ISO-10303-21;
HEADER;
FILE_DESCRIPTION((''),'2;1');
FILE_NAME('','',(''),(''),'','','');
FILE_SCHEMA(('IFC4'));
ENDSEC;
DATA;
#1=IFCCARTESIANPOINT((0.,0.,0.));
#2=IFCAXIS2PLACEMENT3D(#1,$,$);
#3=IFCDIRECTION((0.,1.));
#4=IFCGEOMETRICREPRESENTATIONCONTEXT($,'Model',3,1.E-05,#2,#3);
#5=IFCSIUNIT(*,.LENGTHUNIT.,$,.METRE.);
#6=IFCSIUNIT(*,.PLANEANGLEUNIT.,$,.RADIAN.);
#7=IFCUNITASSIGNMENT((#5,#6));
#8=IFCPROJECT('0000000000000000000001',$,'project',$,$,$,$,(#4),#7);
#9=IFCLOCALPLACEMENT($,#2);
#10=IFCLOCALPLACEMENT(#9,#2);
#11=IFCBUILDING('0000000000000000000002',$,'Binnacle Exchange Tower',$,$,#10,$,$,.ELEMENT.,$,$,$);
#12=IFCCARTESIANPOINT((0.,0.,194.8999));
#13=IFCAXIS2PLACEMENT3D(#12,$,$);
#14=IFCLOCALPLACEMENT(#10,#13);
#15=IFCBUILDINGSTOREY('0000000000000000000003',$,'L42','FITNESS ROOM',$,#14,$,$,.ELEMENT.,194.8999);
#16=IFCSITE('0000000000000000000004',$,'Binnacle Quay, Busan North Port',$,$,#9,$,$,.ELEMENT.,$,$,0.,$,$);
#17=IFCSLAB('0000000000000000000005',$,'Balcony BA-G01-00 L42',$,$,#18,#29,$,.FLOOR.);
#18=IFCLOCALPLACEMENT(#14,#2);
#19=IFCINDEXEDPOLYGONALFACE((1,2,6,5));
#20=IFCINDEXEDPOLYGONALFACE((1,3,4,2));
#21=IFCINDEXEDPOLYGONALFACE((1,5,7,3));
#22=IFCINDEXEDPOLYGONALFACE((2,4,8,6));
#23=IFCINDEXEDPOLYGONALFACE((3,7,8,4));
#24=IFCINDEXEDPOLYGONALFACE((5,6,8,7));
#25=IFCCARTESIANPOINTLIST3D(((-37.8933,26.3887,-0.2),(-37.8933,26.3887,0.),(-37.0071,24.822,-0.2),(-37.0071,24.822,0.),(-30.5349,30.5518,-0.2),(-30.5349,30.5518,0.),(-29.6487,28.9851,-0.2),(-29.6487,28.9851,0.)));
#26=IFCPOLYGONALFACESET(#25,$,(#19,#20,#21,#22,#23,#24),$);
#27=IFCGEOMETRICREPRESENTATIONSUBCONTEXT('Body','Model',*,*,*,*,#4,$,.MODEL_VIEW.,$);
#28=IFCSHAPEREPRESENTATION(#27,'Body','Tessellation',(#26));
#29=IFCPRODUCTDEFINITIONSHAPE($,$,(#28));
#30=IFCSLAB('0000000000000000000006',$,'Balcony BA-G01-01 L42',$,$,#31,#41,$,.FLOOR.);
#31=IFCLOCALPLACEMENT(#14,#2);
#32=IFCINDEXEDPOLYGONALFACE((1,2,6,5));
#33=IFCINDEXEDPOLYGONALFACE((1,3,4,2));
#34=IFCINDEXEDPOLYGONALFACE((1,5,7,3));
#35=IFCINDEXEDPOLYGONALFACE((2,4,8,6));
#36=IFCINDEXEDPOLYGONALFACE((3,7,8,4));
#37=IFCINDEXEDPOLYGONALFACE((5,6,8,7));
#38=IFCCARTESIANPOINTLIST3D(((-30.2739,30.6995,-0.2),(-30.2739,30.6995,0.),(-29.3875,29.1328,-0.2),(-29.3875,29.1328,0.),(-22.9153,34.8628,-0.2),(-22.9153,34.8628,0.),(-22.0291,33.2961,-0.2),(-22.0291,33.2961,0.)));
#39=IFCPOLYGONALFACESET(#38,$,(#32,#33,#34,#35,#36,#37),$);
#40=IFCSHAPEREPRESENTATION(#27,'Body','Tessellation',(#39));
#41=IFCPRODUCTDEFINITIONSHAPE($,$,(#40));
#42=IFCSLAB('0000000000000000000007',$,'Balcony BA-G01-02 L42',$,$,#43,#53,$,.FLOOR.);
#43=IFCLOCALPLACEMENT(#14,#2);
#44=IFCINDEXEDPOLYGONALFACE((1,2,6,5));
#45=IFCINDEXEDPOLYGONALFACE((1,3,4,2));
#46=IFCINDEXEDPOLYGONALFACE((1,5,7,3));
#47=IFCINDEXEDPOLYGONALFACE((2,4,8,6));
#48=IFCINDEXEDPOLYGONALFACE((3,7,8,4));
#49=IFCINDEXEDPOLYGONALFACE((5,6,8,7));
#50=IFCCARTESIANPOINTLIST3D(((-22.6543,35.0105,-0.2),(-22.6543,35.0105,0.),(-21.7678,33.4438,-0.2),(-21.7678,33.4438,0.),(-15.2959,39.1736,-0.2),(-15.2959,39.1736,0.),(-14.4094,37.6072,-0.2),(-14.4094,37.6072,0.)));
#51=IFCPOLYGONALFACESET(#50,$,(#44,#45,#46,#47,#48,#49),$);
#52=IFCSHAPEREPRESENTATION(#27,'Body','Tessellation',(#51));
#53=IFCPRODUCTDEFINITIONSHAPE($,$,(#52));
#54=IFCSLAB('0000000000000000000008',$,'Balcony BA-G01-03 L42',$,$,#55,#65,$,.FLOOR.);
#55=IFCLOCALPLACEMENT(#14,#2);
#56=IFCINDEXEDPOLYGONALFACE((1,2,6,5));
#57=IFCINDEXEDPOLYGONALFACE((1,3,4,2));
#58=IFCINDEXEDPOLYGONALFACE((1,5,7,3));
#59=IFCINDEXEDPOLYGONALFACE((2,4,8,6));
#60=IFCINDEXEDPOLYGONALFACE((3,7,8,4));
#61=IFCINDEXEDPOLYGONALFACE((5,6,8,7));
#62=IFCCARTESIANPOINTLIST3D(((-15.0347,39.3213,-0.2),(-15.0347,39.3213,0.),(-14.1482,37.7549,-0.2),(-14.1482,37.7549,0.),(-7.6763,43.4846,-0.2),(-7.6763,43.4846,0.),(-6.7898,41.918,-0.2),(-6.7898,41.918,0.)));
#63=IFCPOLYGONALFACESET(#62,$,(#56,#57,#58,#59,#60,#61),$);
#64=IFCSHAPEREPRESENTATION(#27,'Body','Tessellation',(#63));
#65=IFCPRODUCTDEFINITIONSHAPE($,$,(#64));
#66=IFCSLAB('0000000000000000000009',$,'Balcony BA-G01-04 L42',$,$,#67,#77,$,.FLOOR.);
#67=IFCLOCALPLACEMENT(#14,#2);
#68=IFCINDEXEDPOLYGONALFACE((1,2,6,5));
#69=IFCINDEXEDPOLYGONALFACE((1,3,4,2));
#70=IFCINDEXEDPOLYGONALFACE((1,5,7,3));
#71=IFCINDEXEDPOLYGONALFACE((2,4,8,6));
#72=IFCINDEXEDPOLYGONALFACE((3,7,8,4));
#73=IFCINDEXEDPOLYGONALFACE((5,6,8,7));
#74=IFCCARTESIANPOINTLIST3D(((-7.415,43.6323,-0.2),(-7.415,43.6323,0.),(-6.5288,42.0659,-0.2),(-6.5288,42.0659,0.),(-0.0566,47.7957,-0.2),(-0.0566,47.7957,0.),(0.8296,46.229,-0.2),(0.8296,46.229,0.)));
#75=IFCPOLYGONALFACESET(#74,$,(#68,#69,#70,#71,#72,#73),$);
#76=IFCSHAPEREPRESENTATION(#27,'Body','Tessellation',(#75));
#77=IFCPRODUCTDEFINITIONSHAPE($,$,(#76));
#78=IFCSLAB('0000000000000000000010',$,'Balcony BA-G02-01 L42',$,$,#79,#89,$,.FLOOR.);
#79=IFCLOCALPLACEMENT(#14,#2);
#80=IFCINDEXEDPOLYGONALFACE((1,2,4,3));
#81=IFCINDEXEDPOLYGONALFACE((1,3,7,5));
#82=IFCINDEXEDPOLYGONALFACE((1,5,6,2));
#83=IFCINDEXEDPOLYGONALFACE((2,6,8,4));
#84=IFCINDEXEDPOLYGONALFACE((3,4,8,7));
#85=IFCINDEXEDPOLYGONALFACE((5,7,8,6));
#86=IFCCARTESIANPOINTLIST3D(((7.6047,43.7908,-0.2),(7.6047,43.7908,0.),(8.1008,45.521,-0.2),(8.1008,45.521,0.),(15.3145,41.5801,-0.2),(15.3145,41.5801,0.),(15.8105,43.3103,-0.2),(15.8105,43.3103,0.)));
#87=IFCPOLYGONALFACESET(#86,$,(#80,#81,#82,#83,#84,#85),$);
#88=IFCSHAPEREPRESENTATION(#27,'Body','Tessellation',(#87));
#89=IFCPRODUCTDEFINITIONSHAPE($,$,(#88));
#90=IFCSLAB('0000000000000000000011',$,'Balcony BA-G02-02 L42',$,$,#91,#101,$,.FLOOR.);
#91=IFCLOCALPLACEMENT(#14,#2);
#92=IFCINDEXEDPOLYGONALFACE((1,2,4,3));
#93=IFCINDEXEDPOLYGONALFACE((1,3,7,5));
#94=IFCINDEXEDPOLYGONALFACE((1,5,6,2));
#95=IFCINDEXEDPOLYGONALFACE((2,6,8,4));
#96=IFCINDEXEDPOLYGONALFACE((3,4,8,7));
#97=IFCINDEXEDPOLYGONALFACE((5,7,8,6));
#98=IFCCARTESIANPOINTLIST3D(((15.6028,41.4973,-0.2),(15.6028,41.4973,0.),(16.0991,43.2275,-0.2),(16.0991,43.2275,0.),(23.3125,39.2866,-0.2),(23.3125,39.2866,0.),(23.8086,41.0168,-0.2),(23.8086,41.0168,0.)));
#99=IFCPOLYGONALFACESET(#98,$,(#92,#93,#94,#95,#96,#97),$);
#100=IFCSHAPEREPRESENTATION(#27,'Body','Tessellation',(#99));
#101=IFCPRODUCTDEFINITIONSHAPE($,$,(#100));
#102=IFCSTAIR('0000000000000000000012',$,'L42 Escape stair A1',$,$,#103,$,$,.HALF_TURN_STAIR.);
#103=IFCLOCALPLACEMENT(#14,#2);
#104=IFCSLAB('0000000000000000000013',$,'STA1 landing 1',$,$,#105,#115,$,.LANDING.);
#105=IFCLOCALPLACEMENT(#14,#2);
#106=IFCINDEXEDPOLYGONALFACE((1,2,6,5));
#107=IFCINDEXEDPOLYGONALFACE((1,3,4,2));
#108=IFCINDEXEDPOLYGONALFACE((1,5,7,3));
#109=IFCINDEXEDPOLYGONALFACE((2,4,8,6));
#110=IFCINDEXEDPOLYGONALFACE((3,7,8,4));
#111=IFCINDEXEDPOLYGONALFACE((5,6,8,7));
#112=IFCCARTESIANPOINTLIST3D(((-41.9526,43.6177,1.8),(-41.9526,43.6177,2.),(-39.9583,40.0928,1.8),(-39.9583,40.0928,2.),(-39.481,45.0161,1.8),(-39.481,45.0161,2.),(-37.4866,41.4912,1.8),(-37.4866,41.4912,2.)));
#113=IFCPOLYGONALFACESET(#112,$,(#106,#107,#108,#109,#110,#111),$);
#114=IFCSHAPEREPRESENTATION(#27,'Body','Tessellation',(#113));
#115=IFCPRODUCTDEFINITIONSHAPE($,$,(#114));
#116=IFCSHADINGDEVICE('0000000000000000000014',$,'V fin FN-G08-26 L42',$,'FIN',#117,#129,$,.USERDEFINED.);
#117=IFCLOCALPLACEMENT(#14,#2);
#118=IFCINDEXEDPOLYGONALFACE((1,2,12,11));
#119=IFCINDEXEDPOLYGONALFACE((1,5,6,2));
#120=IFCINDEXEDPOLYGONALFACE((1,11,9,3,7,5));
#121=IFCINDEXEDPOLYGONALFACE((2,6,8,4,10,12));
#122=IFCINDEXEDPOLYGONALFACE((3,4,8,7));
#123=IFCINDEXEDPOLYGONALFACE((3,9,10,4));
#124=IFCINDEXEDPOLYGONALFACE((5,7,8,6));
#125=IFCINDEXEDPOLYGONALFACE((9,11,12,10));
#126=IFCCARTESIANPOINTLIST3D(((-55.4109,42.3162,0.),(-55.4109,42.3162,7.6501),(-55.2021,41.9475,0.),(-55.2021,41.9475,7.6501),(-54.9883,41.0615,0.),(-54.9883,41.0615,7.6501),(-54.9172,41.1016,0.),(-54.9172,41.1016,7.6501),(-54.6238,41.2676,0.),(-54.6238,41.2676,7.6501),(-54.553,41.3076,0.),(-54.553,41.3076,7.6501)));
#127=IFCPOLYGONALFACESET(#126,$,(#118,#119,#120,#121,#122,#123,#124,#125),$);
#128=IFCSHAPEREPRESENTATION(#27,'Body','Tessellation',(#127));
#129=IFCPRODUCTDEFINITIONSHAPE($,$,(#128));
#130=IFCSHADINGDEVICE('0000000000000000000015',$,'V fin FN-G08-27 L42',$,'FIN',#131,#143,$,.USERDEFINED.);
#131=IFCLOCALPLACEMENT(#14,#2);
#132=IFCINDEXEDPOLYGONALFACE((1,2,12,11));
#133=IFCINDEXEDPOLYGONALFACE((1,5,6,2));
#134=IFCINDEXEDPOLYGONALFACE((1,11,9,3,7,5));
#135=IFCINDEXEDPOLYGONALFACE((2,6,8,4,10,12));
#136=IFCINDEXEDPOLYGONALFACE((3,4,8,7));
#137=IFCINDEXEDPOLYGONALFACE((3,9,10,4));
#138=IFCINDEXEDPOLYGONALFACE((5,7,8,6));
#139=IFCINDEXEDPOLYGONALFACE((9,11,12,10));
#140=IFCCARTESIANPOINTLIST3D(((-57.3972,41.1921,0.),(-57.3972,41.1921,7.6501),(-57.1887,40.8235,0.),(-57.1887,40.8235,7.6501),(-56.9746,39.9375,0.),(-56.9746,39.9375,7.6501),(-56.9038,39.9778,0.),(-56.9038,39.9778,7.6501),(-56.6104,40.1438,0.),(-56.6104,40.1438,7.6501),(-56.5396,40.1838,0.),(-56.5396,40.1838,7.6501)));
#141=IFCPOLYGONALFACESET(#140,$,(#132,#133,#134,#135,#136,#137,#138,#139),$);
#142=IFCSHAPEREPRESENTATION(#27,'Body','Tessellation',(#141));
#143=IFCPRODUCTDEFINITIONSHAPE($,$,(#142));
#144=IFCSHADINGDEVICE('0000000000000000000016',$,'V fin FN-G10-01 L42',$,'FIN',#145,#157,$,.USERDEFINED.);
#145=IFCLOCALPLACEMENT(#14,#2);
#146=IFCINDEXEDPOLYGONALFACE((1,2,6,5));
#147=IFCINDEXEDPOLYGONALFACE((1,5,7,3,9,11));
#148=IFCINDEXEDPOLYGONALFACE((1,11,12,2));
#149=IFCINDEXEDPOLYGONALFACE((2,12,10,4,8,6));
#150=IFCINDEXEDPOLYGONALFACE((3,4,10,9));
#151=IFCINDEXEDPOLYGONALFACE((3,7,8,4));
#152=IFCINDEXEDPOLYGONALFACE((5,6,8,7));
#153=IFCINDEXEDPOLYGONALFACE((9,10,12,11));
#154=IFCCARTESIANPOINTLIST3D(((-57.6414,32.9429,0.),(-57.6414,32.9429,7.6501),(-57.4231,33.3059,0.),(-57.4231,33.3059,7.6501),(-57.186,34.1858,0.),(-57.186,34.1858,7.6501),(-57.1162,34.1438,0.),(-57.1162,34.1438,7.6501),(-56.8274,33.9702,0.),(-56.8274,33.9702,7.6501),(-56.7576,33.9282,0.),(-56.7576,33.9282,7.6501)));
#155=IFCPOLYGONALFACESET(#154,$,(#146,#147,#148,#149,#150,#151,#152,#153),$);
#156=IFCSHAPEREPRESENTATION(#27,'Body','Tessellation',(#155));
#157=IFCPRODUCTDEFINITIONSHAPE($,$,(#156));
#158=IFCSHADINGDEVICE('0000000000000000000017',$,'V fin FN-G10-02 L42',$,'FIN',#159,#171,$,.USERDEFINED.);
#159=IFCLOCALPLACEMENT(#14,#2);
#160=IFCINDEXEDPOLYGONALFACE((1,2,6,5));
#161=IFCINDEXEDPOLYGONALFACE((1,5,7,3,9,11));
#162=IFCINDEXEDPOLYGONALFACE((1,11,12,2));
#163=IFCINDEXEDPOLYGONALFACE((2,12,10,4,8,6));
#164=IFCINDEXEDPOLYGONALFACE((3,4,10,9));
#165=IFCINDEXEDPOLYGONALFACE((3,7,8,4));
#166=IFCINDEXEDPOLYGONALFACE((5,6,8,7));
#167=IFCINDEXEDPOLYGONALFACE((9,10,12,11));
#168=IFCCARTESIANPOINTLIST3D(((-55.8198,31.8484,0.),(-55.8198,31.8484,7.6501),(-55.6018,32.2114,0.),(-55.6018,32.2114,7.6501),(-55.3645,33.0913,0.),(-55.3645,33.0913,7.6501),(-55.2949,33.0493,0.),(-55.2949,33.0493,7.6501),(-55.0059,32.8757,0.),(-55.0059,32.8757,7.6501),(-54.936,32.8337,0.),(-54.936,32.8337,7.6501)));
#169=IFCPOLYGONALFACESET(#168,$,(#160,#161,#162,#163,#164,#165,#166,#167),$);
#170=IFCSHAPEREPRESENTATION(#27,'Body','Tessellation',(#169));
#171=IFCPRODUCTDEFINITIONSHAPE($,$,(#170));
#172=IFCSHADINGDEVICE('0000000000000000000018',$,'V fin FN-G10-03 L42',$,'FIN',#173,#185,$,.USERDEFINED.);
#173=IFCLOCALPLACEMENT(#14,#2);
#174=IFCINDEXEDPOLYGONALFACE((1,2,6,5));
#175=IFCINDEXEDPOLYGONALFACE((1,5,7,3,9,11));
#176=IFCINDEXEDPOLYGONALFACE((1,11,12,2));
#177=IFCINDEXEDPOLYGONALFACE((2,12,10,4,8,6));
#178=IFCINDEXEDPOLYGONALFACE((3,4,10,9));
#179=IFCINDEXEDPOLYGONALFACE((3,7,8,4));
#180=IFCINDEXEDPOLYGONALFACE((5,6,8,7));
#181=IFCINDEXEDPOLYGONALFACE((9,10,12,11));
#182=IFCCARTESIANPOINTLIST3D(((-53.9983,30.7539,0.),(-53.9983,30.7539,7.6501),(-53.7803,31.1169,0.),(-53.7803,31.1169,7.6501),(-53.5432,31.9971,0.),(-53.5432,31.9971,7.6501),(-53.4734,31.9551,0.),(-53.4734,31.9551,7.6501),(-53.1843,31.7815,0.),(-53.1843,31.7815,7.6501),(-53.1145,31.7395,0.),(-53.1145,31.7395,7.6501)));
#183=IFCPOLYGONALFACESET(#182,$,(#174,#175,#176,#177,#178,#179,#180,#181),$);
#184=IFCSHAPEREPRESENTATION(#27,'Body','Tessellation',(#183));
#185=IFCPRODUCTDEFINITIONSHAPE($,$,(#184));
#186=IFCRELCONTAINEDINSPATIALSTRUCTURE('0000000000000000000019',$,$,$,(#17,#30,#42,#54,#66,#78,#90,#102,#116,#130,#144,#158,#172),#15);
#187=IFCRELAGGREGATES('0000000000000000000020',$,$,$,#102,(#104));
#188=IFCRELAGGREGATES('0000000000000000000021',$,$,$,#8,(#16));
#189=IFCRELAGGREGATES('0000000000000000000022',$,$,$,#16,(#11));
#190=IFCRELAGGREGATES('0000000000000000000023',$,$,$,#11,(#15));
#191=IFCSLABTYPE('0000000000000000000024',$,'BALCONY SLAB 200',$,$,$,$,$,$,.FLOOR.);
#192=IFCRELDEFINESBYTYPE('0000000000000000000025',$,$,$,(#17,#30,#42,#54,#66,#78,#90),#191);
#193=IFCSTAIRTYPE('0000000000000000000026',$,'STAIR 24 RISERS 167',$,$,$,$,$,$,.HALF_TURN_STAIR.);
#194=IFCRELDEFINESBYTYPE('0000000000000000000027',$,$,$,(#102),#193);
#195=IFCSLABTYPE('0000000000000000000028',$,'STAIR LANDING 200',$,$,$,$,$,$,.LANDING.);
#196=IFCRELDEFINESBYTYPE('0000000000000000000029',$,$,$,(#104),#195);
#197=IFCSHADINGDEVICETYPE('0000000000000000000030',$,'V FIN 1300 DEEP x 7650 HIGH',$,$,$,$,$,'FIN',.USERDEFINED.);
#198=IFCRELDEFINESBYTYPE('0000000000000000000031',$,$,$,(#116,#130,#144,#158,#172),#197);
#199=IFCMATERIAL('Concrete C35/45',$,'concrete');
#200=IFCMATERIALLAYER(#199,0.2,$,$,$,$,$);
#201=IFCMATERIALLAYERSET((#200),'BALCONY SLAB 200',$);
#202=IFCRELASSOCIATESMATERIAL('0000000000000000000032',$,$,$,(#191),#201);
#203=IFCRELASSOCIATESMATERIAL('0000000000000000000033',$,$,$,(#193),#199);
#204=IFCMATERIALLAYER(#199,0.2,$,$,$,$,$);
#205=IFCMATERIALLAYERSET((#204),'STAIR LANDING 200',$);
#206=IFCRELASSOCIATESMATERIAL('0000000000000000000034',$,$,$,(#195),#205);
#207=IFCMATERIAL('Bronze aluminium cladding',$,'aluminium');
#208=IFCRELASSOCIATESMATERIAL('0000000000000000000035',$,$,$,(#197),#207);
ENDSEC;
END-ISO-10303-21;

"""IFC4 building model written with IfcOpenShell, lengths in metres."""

from ifc_helpers import new_model, si_unit, direction, frame, origin, place, context, subcontext, project, spatial, polyline, outline, extrude, material, layer, layer_set, type_object, element, aggregate, save


model = new_model("IFC4")

# Units and contexts
model_context = context("Model", 3, precision=1e-05, world=origin(), true_north=direction((0.0, 1.0)))
body_context = subcontext(model_context, "Body", "Model", "MODEL_VIEW")
ifc_project = project(units=[si_unit("LENGTHUNIT", "METRE"), si_unit("PLANEANGLEUNIT", "RADIAN")], contexts=[model_context])

# Site, building, storey
site_placement = place(None, origin())
site = spatial("IfcSite", under=ifc_project, at=site_placement, Name="Binnacle Quay, Busan North Port", CompositionType="ELEMENT", RefElevation=0.0)
building_placement = place(site_placement, origin())
building = spatial("IfcBuilding", under=site, at=building_placement, Name="Binnacle Exchange Tower", CompositionType="ELEMENT")
storey_placement = place(building_placement, frame((0.0, 0.0, 194.8999)))
storey = spatial("IfcBuildingStorey", under=building, at=storey_placement, Name="L42", Description="FITNESS ROOM", CompositionType="ELEMENT", Elevation=194.8999)

# Slabs
ifc_material_1 = material(Name="Concrete C35/45", Category="concrete")
ifc_layer_1 = layer(ifc_material_1, 0.2)
ifc_layer_set_1 = layer_set([ifc_layer_1], Name="BALCONY SLAB 200")
slab_type_1 = type_object("IfcSlabType", Name="BALCONY SLAB 200", PredefinedType="FLOOR", material=ifc_layer_set_1)
slab_1_placement = place(storey_placement, frame((0.0, 0.0, -0.2)))
element("IfcSlab", 1, at=slab_1_placement, inside=storey, type_object=slab_type_1, Name="Balcony BA-G01-00 L42", PredefinedType="FLOOR", context=body_context, shape_type="SweptSolid", body=[
    extrude(outline(polyline([(-37.8933, 26.3887), (-30.5349, 30.5518), (-29.6487, 28.9851), (-37.0071, 24.822), (-37.8933, 26.3887)])), origin(), (0.0, 0.0, 1.0), 0.2),
])
slab_2_placement = place(storey_placement, frame((0.0, 0.0, -0.2)))
element("IfcSlab", 2, at=slab_2_placement, inside=storey, type_object=slab_type_1, Name="Balcony BA-G01-01 L42", PredefinedType="FLOOR", context=body_context, shape_type="SweptSolid", body=[
    extrude(outline(polyline([(-30.2739, 30.6995), (-22.9153, 34.8628), (-22.0291, 33.2961), (-29.3875, 29.1328), (-30.2739, 30.6995)])), origin(), (0.0, 0.0, 1.0), 0.2),
])
slab_3_placement = place(storey_placement, frame((0.0, 0.0, -0.2)))
element("IfcSlab", 3, at=slab_3_placement, inside=storey, type_object=slab_type_1, Name="Balcony BA-G01-02 L42", PredefinedType="FLOOR", context=body_context, shape_type="SweptSolid", body=[
    extrude(outline(polyline([(-22.6543, 35.0105), (-15.2959, 39.1736), (-14.4094, 37.6072), (-21.7678, 33.4438), (-22.6543, 35.0105)])), origin(), (0.0, 0.0, 1.0), 0.2),
])
slab_4_placement = place(storey_placement, frame((0.0, 0.0, -0.2)))
element("IfcSlab", 4, at=slab_4_placement, inside=storey, type_object=slab_type_1, Name="Balcony BA-G01-03 L42", PredefinedType="FLOOR", context=body_context, shape_type="SweptSolid", body=[
    extrude(outline(polyline([(-15.0347, 39.3213), (-7.6763, 43.4846), (-6.7898, 41.918), (-14.1482, 37.7549), (-15.0347, 39.3213)])), origin(), (0.0, 0.0, 1.0), 0.2),
])
slab_5_placement = place(storey_placement, frame((0.0, 0.0, -0.2)))
element("IfcSlab", 5, at=slab_5_placement, inside=storey, type_object=slab_type_1, Name="Balcony BA-G01-04 L42", PredefinedType="FLOOR", context=body_context, shape_type="SweptSolid", body=[
    extrude(outline(polyline([(-7.415, 43.6323), (-0.0566, 47.7957), (0.8296, 46.229), (-6.5288, 42.0659), (-7.415, 43.6323)])), origin(), (0.0, 0.0, 1.0), 0.2),
])
slab_6_placement = place(storey_placement, frame((0.0, 0.0, -0.2)))
element("IfcSlab", 6, at=slab_6_placement, inside=storey, type_object=slab_type_1, Name="Balcony BA-G02-01 L42", PredefinedType="FLOOR", context=body_context, shape_type="SweptSolid", body=[
    extrude(outline(polyline([(8.1008, 45.521), (15.8105, 43.3103), (15.3145, 41.5801), (7.6047, 43.7908), (8.1008, 45.521)])), origin(), (0.0, 0.0, 1.0), 0.2),
])
slab_7_placement = place(storey_placement, frame((0.0, 0.0, -0.2)))
element("IfcSlab", 7, at=slab_7_placement, inside=storey, type_object=slab_type_1, Name="Balcony BA-G02-02 L42", PredefinedType="FLOOR", context=body_context, shape_type="SweptSolid", body=[
    extrude(outline(polyline([(16.0991, 43.2275), (23.8086, 41.0168), (23.3125, 39.2866), (15.6028, 41.4973), (16.0991, 43.2275)])), origin(), (0.0, 0.0, 1.0), 0.2),
])

# Stair, slab
stair_type = type_object("IfcStairType", Name="STAIR 24 RISERS 167", PredefinedType="HALF_TURN_STAIR", material=ifc_material_1)
stair_placement = place(storey_placement, origin())
stair = element("IfcStair", 8, at=stair_placement, inside=storey, type_object=stair_type, Name="L42 Escape stair A1", PredefinedType="HALF_TURN_STAIR")
ifc_layer_2 = layer(ifc_material_1, 0.2)
ifc_layer_set_2 = layer_set([ifc_layer_2], Name="STAIR LANDING 200")
slab_type_2 = type_object("IfcSlabType", Name="STAIR LANDING 200", PredefinedType="LANDING", material=ifc_layer_set_2)
slab_8_placement = place(storey_placement, frame((0.0, 0.0, 1.8)))
slab_8 = element("IfcSlab", 9, at=slab_8_placement, type_object=slab_type_2, Name="STA1 landing 1", PredefinedType="LANDING", context=body_context, shape_type="SweptSolid", body=[
    extrude(outline(polyline([(-39.9583, 40.0928), (-37.4866, 41.4912), (-39.481, 45.0161), (-41.9526, 43.6177), (-39.9583, 40.0928)])), origin(), (0.0, 0.0, 1.0), 0.2),
])
aggregate(stair, [slab_8])

# Shading devices
ifc_material_2 = material(Name="Bronze aluminium cladding", Category="aluminium")
shading_device_type = type_object("IfcShadingDeviceType", Name="V FIN 1300 DEEP x 7650 HIGH", ElementType="FIN", PredefinedType="USERDEFINED", material=ifc_material_2)
shading_device_1_placement = place(storey_placement, origin())
element("IfcShadingDevice", 10, at=shading_device_1_placement, inside=storey, type_object=shading_device_type, Name="V fin FN-G08-26 L42", ObjectType="FIN", PredefinedType="USERDEFINED", context=body_context, shape_type="SweptSolid", body=[
    extrude(outline(polyline([(-54.553, 41.3076), (-55.4109, 42.3162), (-54.9883, 41.0615), (-54.9172, 41.1016), (-55.2021, 41.9475), (-54.6238, 41.2676), (-54.553, 41.3076)])), origin(), (0.0, 0.0, 1.0), 7.6501),
])
shading_device_2_placement = place(storey_placement, origin())
element("IfcShadingDevice", 11, at=shading_device_2_placement, inside=storey, type_object=shading_device_type, Name="V fin FN-G08-27 L42", ObjectType="FIN", PredefinedType="USERDEFINED", context=body_context, shape_type="SweptSolid", body=[
    extrude(outline(polyline([(-56.5396, 40.1838), (-57.3972, 41.1921), (-56.9746, 39.9375), (-56.9038, 39.9778), (-57.1887, 40.8235), (-56.6104, 40.1438), (-56.5396, 40.1838)])), origin(), (0.0, 0.0, 1.0), 7.6501),
])
shading_device_3_placement = place(storey_placement, origin())
element("IfcShadingDevice", 12, at=shading_device_3_placement, inside=storey, type_object=shading_device_type, Name="V fin FN-G10-01 L42", ObjectType="FIN", PredefinedType="USERDEFINED", context=body_context, shape_type="SweptSolid", body=[
    extrude(outline(polyline([(-57.186, 34.1858), (-57.6414, 32.9429), (-56.7576, 33.9282), (-56.8274, 33.9702), (-57.4231, 33.3059), (-57.1162, 34.1438), (-57.186, 34.1858)])), origin(), (0.0, 0.0, 1.0), 7.6501),
])
shading_device_4_placement = place(storey_placement, origin())
element("IfcShadingDevice", 13, at=shading_device_4_placement, inside=storey, type_object=shading_device_type, Name="V fin FN-G10-02 L42", ObjectType="FIN", PredefinedType="USERDEFINED", context=body_context, shape_type="SweptSolid", body=[
    extrude(outline(polyline([(-55.3645, 33.0913), (-55.8198, 31.8484), (-54.936, 32.8337), (-55.0059, 32.8757), (-55.6018, 32.2114), (-55.2949, 33.0493), (-55.3645, 33.0913)])), origin(), (0.0, 0.0, 1.0), 7.6501),
])
shading_device_5_placement = place(storey_placement, origin())
element("IfcShadingDevice", 14, at=shading_device_5_placement, inside=storey, type_object=shading_device_type, Name="V fin FN-G10-03 L42", ObjectType="FIN", PredefinedType="USERDEFINED", context=body_context, shape_type="SweptSolid", body=[
    extrude(outline(polyline([(-53.5432, 31.9971), (-53.9983, 30.7539), (-53.1145, 31.7395), (-53.1843, 31.7815), (-53.7803, 31.1169), (-53.4734, 31.9551), (-53.5432, 31.9971)])), origin(), (0.0, 0.0, 1.0), 7.6501),
])

save(model, "model.ifc")
